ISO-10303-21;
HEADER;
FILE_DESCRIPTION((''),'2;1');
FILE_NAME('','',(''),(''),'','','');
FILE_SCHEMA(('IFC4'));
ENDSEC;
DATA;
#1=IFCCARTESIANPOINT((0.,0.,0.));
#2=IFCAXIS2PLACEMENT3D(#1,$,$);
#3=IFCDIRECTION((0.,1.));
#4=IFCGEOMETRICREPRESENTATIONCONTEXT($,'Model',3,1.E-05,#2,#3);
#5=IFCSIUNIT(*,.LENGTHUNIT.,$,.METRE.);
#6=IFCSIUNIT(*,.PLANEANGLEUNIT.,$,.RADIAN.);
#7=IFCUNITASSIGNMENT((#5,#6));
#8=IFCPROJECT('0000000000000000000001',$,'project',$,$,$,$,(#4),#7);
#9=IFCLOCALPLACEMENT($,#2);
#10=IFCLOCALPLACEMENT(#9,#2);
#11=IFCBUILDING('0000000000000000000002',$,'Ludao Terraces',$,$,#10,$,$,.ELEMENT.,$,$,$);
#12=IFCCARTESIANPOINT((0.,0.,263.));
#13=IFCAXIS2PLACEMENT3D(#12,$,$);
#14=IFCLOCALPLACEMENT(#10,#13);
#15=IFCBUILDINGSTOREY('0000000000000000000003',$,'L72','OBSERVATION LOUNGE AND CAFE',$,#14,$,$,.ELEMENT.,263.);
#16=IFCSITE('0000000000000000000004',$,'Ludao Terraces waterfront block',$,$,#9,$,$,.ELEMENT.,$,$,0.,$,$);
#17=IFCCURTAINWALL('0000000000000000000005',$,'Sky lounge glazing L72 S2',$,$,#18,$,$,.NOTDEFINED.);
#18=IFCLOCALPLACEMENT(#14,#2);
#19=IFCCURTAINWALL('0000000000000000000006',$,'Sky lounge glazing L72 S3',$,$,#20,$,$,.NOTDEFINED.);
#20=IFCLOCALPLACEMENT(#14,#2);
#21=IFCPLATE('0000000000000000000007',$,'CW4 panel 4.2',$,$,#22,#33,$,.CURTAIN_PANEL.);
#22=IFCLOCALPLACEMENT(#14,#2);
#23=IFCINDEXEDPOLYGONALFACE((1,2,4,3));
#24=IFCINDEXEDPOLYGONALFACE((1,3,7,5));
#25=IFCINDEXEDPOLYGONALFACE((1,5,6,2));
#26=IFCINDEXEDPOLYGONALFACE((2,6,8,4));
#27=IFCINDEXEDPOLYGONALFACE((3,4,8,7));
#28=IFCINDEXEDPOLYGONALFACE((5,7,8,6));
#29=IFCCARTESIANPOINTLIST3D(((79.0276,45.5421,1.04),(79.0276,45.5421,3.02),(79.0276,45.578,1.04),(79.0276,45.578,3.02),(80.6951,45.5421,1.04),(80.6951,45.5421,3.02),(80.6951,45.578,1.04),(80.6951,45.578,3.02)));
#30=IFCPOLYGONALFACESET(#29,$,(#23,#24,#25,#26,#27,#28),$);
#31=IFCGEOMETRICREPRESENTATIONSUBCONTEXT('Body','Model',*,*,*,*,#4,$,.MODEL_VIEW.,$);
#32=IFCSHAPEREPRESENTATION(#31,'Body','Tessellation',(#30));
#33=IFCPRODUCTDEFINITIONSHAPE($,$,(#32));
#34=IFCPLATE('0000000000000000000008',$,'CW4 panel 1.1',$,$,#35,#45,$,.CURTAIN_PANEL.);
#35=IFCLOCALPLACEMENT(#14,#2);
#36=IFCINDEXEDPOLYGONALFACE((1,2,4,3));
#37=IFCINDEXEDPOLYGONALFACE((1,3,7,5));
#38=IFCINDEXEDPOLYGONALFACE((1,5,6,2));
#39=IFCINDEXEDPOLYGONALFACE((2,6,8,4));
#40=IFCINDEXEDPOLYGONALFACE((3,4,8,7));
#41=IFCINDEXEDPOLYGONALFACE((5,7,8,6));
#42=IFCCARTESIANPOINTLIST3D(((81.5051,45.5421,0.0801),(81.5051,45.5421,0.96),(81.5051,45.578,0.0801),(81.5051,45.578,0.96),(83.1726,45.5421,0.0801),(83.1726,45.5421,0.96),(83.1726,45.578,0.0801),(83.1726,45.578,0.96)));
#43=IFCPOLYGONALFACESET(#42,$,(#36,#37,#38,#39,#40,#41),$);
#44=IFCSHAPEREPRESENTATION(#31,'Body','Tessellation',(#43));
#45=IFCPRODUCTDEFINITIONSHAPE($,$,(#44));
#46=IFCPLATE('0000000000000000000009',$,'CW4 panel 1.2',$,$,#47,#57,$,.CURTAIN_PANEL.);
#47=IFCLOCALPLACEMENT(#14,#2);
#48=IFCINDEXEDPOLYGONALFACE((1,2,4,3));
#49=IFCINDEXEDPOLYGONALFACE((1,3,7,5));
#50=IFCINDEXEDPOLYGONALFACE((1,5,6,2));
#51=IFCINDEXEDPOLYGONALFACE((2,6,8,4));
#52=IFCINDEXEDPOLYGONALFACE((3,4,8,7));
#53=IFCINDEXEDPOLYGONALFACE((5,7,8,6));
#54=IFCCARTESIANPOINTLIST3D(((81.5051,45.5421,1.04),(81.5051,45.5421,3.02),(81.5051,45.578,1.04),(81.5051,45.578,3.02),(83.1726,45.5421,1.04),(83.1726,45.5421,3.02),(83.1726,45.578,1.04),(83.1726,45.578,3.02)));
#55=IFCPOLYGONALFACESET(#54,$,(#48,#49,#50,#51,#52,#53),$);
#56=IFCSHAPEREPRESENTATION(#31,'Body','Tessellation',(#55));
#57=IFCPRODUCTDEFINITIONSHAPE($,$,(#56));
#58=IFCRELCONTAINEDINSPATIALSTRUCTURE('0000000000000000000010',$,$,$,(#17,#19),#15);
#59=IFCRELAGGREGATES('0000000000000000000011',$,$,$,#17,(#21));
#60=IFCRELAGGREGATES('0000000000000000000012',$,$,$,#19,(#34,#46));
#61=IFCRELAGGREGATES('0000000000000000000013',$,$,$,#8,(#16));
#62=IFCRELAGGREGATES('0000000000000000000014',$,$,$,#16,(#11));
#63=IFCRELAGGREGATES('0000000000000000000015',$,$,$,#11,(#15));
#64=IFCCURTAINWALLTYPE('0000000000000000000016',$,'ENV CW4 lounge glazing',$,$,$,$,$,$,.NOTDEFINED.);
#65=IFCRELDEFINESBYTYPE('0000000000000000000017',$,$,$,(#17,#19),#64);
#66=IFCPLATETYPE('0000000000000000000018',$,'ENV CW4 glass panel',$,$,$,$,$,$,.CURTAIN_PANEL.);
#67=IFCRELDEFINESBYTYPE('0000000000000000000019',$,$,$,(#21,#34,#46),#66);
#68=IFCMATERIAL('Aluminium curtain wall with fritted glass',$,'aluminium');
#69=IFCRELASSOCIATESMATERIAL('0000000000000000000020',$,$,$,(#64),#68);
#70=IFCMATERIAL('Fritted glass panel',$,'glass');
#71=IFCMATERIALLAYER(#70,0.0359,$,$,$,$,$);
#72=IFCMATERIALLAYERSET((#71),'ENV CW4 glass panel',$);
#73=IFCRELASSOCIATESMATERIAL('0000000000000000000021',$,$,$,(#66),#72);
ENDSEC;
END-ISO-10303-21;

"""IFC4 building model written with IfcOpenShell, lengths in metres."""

from ifc_helpers import new_model, si_unit, direction, frame, origin, origin_2d, place, context, subcontext, project, spatial, rectangle, extrude, material, layer, layer_set, type_object, element, aggregate, save


model = new_model("IFC4")

# Units and contexts
model_context = context("Model", 3, precision=1e-05, world=origin(), true_north=direction((0.0, 1.0)))
body_context = subcontext(model_context, "Body", "Model", "MODEL_VIEW")
ifc_project = project(units=[si_unit("LENGTHUNIT", "METRE"), si_unit("PLANEANGLEUNIT", "RADIAN")], contexts=[model_context])

# Site, building, storey
site_placement = place(None, origin())
site = spatial("IfcSite", under=ifc_project, at=site_placement, Name="Ludao Terraces waterfront block", CompositionType="ELEMENT", RefElevation=0.0)
building_placement = place(site_placement, origin())
building = spatial("IfcBuilding", under=site, at=building_placement, Name="Ludao Terraces", CompositionType="ELEMENT")
storey_placement = place(building_placement, frame((0.0, 0.0, 263.0)))
storey = spatial("IfcBuildingStorey", under=building, at=storey_placement, Name="L72", Description="OBSERVATION LOUNGE AND CAFE", CompositionType="ELEMENT", Elevation=263.0)

# Curtain wall
ifc_material_1 = material(Name="Aluminium curtain wall with fritted glass", Category="aluminium")
curtain_wall_type = type_object("IfcCurtainWallType", Name="ENV CW4 lounge glazing", PredefinedType="NOTDEFINED", material=ifc_material_1)
curtain_wall_1_placement = place(storey_placement, origin())
curtain_wall_1 = element("IfcCurtainWall", 1, at=curtain_wall_1_placement, inside=storey, type_object=curtain_wall_type, Name="Sky lounge glazing L72 S2", PredefinedType="NOTDEFINED")

# Curtain wall
curtain_wall_2_placement = place(storey_placement, origin())
curtain_wall_2 = element("IfcCurtainWall", 2, at=curtain_wall_2_placement, inside=storey, type_object=curtain_wall_type, Name="Sky lounge glazing L72 S3", PredefinedType="NOTDEFINED")

# Plates
ifc_material_2 = material(Name="Fritted glass panel", Category="glass")
ifc_layer = layer(ifc_material_2, 0.0359)
ifc_layer_set = layer_set([ifc_layer], Name="ENV CW4 glass panel")
plate_type = type_object("IfcPlateType", Name="ENV CW4 glass panel", PredefinedType="CURTAIN_PANEL", material=ifc_layer_set)
plate_1_placement = place(storey_placement, frame((79.8613, 45.5601, 1.04), z_axis=(0.0, 0.0, 1.0), x_axis=(1.0, 0.0, 0.0)))
plate_1 = element("IfcPlate", 3, at=plate_1_placement, type_object=plate_type, Name="CW4 panel 4.2", PredefinedType="CURTAIN_PANEL", context=body_context, shape_type="SweptSolid", body=[
    extrude(rectangle(XDim=1.6675, YDim=0.0359, at=origin_2d()), origin(), (0.0, 0.0, 1.0), 1.98),
])
aggregate(curtain_wall_1, [plate_1])
plate_2_placement = place(storey_placement, frame((82.3389, 45.5601, 0.0801), z_axis=(0.0, 0.0, 1.0), x_axis=(1.0, 0.0, 0.0)))
plate_2 = element("IfcPlate", 4, at=plate_2_placement, type_object=plate_type, Name="CW4 panel 1.1", PredefinedType="CURTAIN_PANEL", context=body_context, shape_type="SweptSolid", body=[
    extrude(rectangle(XDim=1.6675, YDim=0.0359, at=origin_2d()), origin(), (0.0, 0.0, 1.0), 0.8799),
])
plate_3_placement = place(storey_placement, frame((82.3389, 45.5601, 1.04), z_axis=(0.0, 0.0, 1.0), x_axis=(1.0, 0.0, 0.0)))
plate_3 = element("IfcPlate", 5, at=plate_3_placement, type_object=plate_type, Name="CW4 panel 1.2", PredefinedType="CURTAIN_PANEL", context=body_context, shape_type="SweptSolid", body=[
    extrude(rectangle(XDim=1.6675, YDim=0.0359, at=origin_2d()), origin(), (0.0, 0.0, 1.0), 1.98),
])
aggregate(curtain_wall_2, [plate_2, plate_3])

save(model, "model.ifc")
